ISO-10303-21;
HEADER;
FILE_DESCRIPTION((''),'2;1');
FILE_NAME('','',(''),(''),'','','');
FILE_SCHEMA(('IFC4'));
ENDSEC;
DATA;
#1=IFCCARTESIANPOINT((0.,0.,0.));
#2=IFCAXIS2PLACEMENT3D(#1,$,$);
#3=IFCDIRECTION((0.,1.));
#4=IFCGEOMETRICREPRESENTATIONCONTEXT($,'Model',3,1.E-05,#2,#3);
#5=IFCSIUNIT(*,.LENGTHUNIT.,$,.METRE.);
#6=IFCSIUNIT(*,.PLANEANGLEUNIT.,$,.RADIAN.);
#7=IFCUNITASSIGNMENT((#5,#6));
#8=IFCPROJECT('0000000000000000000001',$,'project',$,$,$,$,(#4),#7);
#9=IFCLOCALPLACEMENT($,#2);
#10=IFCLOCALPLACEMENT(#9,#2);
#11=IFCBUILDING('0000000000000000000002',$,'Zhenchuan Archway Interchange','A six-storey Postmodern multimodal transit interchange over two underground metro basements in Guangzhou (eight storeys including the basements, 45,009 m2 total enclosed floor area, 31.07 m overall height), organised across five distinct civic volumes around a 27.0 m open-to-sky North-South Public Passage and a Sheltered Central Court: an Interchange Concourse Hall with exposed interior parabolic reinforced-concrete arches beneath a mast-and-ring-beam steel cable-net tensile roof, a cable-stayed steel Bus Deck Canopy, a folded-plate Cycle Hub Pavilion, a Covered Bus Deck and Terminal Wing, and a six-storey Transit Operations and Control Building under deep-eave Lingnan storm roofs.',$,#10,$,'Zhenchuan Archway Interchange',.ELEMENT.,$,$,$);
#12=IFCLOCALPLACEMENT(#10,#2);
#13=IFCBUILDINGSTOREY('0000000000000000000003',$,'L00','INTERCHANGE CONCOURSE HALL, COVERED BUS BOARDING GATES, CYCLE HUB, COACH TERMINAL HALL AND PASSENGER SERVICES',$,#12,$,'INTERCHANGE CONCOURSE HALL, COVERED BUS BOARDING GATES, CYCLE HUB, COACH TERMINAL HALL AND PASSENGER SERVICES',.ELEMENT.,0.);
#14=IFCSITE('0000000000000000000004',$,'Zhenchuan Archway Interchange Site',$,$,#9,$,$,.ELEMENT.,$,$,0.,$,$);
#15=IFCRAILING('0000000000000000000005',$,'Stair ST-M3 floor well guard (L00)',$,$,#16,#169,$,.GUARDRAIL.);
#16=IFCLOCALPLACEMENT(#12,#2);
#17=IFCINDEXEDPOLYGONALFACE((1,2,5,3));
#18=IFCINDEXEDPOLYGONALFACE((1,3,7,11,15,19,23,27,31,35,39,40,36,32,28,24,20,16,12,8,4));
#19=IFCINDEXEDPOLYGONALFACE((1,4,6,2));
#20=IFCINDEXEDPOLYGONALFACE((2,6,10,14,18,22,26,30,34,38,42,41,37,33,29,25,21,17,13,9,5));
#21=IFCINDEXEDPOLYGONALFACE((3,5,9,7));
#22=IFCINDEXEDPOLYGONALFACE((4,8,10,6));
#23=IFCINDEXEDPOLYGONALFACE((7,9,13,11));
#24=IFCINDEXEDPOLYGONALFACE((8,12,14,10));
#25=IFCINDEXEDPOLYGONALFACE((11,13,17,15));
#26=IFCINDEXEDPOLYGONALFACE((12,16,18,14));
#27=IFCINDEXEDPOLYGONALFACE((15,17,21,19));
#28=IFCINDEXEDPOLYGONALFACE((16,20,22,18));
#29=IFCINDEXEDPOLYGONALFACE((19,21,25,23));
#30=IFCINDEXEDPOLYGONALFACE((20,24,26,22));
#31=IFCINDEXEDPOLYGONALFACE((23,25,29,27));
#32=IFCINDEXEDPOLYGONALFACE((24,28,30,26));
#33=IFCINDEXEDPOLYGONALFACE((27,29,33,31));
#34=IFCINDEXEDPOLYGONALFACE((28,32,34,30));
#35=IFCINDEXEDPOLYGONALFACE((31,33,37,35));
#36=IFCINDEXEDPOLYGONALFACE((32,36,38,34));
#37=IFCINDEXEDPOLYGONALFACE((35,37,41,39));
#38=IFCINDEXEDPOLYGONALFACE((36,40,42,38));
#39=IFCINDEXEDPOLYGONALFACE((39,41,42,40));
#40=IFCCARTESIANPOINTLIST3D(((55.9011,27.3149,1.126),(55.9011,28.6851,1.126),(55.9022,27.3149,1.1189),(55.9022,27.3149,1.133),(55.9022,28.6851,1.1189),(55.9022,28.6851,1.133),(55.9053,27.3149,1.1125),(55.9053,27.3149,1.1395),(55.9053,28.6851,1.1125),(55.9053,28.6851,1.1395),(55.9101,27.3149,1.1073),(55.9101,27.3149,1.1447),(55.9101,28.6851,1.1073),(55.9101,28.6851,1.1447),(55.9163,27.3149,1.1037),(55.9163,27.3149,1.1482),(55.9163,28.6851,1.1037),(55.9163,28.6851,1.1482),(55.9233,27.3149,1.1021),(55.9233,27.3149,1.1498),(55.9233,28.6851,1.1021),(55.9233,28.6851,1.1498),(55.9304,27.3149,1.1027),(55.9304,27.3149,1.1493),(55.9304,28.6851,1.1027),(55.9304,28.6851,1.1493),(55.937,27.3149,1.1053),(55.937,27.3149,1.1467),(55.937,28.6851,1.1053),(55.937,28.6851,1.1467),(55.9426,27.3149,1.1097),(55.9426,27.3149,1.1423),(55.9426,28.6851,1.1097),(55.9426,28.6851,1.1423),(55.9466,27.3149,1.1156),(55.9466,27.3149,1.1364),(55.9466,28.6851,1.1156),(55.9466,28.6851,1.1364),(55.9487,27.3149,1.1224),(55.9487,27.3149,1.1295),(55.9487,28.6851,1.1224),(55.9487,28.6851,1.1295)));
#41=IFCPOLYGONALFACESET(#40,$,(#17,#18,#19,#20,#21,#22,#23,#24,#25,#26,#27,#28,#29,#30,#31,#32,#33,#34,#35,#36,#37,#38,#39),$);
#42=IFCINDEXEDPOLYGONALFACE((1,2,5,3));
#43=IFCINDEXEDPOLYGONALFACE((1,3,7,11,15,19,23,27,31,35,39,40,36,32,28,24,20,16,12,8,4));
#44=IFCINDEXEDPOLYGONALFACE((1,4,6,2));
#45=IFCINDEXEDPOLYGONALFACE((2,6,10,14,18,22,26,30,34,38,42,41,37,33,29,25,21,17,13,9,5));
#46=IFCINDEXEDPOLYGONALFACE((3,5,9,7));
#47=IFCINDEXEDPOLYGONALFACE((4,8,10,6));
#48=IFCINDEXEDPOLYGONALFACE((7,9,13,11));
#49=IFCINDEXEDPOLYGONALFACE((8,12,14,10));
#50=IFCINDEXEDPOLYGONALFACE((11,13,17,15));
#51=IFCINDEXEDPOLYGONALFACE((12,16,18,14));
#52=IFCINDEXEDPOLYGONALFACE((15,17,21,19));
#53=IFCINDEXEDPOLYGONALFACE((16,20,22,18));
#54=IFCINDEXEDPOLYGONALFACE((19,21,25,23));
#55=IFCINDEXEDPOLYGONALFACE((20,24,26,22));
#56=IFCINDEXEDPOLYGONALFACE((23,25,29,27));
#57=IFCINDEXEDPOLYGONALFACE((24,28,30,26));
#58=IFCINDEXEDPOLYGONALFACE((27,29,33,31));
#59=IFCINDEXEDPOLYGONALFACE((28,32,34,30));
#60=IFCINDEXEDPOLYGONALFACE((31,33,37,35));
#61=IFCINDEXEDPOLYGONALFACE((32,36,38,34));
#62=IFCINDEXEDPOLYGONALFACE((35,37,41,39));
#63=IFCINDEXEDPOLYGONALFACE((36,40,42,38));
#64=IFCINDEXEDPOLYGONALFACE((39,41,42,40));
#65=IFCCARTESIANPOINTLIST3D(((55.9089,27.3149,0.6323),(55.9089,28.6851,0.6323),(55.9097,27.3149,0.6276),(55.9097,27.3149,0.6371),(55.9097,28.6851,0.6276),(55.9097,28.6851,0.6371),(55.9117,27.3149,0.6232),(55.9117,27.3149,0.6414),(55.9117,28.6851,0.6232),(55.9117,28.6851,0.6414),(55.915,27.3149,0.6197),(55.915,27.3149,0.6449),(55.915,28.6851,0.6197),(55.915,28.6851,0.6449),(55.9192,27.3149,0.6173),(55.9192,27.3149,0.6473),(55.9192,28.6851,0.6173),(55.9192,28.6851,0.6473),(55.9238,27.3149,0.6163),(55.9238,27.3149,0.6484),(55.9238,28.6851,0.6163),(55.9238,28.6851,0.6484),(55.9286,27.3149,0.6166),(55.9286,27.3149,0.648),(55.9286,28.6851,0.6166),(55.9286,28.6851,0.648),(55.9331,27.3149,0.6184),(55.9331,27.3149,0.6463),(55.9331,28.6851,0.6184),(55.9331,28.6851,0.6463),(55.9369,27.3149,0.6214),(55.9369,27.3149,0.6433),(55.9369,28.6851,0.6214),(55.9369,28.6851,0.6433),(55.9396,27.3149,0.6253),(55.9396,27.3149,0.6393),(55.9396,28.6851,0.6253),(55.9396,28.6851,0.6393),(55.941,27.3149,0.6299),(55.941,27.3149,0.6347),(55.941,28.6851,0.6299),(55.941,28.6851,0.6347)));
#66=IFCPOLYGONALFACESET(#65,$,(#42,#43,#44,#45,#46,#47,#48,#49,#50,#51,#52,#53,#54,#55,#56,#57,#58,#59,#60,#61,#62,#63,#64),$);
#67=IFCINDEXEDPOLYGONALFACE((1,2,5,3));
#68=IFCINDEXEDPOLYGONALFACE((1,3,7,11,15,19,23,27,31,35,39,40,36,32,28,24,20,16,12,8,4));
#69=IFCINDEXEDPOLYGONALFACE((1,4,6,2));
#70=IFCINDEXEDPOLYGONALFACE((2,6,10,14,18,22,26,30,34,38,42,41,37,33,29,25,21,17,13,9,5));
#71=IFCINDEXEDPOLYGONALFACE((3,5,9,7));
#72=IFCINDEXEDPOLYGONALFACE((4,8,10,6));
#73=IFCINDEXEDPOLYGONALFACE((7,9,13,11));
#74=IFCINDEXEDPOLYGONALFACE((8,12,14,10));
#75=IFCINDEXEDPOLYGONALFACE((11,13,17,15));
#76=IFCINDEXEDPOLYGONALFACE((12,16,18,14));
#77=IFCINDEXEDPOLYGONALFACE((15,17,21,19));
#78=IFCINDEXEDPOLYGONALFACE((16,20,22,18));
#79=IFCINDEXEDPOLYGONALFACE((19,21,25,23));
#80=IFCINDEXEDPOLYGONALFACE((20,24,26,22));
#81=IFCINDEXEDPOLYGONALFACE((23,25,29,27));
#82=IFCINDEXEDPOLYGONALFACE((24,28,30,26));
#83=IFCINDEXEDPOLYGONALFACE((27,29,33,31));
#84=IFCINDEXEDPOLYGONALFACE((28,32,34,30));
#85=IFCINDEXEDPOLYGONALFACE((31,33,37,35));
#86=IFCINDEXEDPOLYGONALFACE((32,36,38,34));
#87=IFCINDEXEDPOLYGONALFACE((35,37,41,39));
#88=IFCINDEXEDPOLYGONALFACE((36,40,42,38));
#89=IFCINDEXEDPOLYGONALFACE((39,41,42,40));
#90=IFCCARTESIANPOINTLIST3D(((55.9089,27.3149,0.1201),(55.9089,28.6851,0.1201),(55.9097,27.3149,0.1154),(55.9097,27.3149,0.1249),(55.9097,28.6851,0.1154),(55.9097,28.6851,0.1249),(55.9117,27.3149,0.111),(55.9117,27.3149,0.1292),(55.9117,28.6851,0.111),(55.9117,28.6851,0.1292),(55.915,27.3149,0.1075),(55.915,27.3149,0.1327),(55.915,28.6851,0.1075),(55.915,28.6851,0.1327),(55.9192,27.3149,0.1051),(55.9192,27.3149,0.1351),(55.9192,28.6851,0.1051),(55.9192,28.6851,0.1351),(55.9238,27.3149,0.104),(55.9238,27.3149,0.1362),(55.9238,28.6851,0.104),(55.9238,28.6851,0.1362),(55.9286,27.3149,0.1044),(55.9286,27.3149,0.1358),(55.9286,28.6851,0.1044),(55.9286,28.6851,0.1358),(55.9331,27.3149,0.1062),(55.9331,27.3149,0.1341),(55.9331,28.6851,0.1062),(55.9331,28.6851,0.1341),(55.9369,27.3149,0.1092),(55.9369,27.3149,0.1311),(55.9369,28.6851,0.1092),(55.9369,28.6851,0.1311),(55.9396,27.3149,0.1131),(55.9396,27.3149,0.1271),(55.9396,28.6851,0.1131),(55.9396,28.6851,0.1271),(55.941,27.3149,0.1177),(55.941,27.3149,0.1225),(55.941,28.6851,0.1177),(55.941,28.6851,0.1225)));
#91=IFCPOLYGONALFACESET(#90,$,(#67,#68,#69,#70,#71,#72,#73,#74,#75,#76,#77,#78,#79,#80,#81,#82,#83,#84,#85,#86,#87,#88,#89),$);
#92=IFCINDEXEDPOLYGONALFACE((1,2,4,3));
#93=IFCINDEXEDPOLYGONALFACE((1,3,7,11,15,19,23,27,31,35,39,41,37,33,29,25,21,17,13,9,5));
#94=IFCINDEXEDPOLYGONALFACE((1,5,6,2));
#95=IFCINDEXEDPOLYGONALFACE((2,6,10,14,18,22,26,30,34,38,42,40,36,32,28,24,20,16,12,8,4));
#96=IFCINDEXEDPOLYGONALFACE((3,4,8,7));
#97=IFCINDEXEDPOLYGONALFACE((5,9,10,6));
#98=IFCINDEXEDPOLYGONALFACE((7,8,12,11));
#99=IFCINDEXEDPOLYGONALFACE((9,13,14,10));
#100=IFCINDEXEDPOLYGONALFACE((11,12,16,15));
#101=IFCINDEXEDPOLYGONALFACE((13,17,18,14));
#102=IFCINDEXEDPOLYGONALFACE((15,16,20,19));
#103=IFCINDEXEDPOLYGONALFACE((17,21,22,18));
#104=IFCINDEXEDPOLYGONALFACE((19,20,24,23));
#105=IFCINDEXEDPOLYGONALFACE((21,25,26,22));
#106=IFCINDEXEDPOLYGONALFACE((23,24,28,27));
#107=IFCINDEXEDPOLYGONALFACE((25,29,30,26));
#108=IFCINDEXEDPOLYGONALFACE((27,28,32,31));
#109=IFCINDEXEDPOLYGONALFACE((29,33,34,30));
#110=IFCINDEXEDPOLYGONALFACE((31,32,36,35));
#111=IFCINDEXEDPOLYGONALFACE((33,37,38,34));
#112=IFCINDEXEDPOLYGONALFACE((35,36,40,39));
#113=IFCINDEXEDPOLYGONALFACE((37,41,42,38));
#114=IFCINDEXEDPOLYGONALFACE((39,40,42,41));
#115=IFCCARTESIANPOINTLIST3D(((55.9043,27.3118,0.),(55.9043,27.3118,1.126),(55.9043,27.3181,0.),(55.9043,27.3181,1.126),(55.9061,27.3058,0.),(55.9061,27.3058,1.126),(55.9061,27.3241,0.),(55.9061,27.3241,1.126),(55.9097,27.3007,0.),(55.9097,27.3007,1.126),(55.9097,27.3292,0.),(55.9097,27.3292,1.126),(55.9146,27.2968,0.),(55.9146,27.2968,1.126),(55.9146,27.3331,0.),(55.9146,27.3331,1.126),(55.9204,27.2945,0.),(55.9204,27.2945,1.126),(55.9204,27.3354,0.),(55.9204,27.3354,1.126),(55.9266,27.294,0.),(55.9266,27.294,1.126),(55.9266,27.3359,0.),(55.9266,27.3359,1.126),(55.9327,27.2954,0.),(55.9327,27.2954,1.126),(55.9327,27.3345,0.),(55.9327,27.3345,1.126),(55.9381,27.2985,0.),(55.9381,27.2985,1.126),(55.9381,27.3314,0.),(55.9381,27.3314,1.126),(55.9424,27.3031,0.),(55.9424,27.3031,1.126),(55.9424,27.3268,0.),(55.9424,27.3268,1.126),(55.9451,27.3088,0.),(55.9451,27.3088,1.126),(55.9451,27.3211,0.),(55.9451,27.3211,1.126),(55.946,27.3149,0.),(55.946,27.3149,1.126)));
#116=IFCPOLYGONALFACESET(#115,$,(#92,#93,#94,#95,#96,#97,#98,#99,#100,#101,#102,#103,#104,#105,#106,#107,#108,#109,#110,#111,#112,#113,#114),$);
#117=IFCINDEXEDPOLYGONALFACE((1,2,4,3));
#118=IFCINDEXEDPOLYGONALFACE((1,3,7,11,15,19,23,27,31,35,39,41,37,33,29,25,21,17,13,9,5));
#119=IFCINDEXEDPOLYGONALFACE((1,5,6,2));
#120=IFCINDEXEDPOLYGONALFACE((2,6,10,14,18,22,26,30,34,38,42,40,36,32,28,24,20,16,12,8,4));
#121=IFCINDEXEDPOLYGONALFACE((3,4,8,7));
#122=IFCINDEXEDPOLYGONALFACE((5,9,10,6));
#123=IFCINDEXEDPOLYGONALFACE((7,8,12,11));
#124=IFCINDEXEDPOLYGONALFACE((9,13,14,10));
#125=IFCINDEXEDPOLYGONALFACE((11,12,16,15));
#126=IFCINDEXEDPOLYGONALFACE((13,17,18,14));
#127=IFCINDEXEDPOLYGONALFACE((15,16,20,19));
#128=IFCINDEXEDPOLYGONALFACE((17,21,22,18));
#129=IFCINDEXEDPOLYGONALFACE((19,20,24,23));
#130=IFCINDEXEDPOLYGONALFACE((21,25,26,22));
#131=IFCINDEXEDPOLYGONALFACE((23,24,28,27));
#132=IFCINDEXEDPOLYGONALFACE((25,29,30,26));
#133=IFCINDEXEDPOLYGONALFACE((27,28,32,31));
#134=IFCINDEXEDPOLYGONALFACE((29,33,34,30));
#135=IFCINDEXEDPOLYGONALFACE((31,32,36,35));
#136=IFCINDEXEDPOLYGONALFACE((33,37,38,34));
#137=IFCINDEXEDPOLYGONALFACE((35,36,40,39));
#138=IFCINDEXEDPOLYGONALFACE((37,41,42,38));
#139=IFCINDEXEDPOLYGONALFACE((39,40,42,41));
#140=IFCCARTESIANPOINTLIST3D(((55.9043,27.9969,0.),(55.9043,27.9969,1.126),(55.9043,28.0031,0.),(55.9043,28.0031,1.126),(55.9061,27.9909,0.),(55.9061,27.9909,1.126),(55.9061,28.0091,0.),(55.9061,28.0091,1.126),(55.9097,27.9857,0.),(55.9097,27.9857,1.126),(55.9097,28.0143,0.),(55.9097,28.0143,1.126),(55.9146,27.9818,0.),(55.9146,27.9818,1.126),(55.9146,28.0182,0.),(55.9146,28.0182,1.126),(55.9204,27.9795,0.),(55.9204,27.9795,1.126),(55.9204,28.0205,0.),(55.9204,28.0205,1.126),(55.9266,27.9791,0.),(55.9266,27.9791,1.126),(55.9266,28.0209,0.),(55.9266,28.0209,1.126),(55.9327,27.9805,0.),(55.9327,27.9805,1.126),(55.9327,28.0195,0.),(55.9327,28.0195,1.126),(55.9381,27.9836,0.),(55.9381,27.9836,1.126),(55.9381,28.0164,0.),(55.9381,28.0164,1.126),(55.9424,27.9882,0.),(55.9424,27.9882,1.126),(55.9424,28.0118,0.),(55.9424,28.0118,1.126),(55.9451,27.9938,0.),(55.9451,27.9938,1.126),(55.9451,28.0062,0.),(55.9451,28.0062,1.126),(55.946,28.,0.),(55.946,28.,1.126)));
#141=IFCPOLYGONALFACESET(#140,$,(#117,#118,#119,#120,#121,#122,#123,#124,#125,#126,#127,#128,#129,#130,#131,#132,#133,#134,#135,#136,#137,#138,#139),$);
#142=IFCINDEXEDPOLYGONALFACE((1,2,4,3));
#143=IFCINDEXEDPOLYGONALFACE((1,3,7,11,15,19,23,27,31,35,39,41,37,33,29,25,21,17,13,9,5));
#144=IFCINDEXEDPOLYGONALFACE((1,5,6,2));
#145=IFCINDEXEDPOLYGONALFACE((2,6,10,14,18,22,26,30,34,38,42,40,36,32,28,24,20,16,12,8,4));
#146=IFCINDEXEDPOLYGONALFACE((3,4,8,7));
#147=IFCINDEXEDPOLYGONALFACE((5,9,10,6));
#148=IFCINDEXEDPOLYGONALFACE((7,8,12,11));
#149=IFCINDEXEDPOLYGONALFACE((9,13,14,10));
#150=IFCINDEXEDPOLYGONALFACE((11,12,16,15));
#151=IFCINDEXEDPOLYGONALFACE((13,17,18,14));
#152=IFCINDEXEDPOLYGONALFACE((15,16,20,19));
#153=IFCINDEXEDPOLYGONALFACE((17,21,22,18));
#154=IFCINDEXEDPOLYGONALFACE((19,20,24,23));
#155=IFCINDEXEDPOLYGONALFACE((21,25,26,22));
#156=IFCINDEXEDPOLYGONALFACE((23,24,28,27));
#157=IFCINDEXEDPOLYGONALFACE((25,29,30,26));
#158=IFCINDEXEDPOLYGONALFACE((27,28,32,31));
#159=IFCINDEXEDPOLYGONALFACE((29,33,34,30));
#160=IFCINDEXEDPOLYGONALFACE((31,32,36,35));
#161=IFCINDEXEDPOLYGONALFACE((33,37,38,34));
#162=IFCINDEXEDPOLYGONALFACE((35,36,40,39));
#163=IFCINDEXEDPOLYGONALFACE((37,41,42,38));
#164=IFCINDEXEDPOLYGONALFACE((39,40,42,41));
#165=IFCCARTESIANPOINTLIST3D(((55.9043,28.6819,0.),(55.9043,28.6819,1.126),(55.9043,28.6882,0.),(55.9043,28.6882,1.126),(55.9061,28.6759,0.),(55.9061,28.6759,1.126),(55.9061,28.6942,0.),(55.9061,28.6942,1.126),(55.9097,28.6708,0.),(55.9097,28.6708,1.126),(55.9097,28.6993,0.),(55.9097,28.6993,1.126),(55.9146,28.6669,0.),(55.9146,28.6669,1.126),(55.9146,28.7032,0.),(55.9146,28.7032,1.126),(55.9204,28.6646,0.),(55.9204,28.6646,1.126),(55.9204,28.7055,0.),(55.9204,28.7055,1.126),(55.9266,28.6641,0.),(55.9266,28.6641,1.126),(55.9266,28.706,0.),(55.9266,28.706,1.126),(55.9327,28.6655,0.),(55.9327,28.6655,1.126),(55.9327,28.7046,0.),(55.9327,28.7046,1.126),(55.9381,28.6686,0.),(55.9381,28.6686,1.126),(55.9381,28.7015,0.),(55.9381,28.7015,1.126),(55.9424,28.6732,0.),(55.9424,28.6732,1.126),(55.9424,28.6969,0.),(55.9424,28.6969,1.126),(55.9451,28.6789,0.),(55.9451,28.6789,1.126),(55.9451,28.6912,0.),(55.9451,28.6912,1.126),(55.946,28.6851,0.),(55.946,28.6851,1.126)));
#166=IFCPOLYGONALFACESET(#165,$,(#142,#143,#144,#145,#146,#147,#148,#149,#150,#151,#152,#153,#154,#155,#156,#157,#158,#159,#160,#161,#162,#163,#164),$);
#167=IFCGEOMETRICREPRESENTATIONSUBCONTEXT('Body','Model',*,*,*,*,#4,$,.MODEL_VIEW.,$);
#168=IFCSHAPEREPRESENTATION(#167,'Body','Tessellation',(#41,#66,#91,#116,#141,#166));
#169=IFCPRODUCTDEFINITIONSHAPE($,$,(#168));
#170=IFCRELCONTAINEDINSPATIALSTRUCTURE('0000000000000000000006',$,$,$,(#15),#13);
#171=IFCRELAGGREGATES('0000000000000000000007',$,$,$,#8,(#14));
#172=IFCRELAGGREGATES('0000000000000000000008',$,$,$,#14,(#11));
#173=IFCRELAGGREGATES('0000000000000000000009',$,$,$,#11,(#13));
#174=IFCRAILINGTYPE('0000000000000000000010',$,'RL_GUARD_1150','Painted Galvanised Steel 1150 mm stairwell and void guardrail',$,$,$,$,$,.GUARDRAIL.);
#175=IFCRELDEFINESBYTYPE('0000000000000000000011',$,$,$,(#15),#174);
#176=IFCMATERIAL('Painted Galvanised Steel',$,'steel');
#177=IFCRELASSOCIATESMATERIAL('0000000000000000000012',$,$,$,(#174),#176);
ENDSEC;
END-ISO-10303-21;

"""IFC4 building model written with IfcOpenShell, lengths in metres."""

from ifc_helpers import new_model, si_unit, direction, frame, origin, origin_2d, place, context, subcontext, project, spatial, circle, extrude, material, type_object, element, save


model = new_model("IFC4")

# Units and contexts
model_context = context("Model", 3, precision=1e-05, world=origin(), true_north=direction((0.0, 1.0)))
body_context = subcontext(model_context, "Body", "Model", "MODEL_VIEW")
ifc_project = project(units=[si_unit("LENGTHUNIT", "METRE"), si_unit("PLANEANGLEUNIT", "RADIAN")], contexts=[model_context])

# Site, building, storey
site_placement = place(None, origin())
site = spatial("IfcSite", under=ifc_project, at=site_placement, Name="Zhenchuan Archway Interchange Site", CompositionType="ELEMENT", RefElevation=0.0)
building_placement = place(site_placement, origin())
building = spatial("IfcBuilding", under=site, at=building_placement, Name="Zhenchuan Archway Interchange", Description="A six-storey Postmodern multimodal transit interchange over two underground metro basements in Guangzhou (eight storeys including the basements, 45,009 m2 total enclosed floor area, 31.07 m overall height), organised across five distinct civic volumes around a 27.0 m open-to-sky North-South Public Passage and a Sheltered Central Court: an Interchange Concourse Hall with exposed interior parabolic reinforced-concrete arches beneath a mast-and-ring-beam steel cable-net tensile roof, a cable-stayed steel Bus Deck Canopy, a folded-plate Cycle Hub Pavilion, a Covered Bus Deck and Terminal Wing, and a six-storey Transit Operations and Control Building under deep-eave Lingnan storm roofs.", LongName="Zhenchuan Archway Interchange", CompositionType="ELEMENT")
storey_placement = place(building_placement, origin())
storey = spatial("IfcBuildingStorey", under=building, at=storey_placement, Name="L00", Description="INTERCHANGE CONCOURSE HALL, COVERED BUS BOARDING GATES, CYCLE HUB, COACH TERMINAL HALL AND PASSENGER SERVICES", LongName="INTERCHANGE CONCOURSE HALL, COVERED BUS BOARDING GATES, CYCLE HUB, COACH TERMINAL HALL AND PASSENGER SERVICES", CompositionType="ELEMENT", Elevation=0.0)

# Shared definitions
ifc_material_1 = material(Name="Painted Galvanised Steel", Category="steel")

# Railing
railing_type_1 = type_object("IfcRailingType", Name="RL_GUARD_1150", Description="Painted Galvanised Steel 1150 mm stairwell and void guardrail", PredefinedType="GUARDRAIL", material=ifc_material_1)
for number, where, name in (
    (1, (55.925, 27.3149, 0.0), "Stair ST-M3 floor well guard (L00)"),
):
    element("IfcRailing", number, at=place(storey_placement, frame(where)), inside=storey, type_object=railing_type_1, Name=name, PredefinedType="GUARDRAIL", context=body_context, shape_type="SweptSolid", body=[
        extrude(circle(Radius=0.0239, at=origin_2d()), frame((0.0, 0.0, 1.126), z_axis=(0.0, 1.0, 0.0), x_axis=(-1.0, 0.0, 0.0)), (0.0, 0.0, 1.0), 1.3701),
        extrude(circle(Radius=0.0161, at=origin_2d()), frame((0.0, 0.0, 0.6323), z_axis=(0.0, 1.0, 0.0), x_axis=(-1.0, 0.0, 0.0)), (0.0, 0.0, 1.0), 1.3701),
        extrude(circle(Radius=0.0161, at=origin_2d()), frame((0.0, 0.0, 0.1201), z_axis=(0.0, 1.0, 0.0), x_axis=(-1.0, 0.0, 0.0)), (0.0, 0.0, 1.0), 1.3701),
        extrude(circle(Radius=0.021, at=origin_2d()), origin(), (0.0, 0.0, 1.0), 1.126),
        extrude(circle(Radius=0.021, at=origin_2d()), frame((0.0, 0.6851, 0.0)), (0.0, 0.0, 1.0), 1.126),
        extrude(circle(Radius=0.021, at=origin_2d()), frame((0.0, 1.3701, 0.0)), (0.0, 0.0, 1.0), 1.126),
    ])

save(model, "model.ifc")
